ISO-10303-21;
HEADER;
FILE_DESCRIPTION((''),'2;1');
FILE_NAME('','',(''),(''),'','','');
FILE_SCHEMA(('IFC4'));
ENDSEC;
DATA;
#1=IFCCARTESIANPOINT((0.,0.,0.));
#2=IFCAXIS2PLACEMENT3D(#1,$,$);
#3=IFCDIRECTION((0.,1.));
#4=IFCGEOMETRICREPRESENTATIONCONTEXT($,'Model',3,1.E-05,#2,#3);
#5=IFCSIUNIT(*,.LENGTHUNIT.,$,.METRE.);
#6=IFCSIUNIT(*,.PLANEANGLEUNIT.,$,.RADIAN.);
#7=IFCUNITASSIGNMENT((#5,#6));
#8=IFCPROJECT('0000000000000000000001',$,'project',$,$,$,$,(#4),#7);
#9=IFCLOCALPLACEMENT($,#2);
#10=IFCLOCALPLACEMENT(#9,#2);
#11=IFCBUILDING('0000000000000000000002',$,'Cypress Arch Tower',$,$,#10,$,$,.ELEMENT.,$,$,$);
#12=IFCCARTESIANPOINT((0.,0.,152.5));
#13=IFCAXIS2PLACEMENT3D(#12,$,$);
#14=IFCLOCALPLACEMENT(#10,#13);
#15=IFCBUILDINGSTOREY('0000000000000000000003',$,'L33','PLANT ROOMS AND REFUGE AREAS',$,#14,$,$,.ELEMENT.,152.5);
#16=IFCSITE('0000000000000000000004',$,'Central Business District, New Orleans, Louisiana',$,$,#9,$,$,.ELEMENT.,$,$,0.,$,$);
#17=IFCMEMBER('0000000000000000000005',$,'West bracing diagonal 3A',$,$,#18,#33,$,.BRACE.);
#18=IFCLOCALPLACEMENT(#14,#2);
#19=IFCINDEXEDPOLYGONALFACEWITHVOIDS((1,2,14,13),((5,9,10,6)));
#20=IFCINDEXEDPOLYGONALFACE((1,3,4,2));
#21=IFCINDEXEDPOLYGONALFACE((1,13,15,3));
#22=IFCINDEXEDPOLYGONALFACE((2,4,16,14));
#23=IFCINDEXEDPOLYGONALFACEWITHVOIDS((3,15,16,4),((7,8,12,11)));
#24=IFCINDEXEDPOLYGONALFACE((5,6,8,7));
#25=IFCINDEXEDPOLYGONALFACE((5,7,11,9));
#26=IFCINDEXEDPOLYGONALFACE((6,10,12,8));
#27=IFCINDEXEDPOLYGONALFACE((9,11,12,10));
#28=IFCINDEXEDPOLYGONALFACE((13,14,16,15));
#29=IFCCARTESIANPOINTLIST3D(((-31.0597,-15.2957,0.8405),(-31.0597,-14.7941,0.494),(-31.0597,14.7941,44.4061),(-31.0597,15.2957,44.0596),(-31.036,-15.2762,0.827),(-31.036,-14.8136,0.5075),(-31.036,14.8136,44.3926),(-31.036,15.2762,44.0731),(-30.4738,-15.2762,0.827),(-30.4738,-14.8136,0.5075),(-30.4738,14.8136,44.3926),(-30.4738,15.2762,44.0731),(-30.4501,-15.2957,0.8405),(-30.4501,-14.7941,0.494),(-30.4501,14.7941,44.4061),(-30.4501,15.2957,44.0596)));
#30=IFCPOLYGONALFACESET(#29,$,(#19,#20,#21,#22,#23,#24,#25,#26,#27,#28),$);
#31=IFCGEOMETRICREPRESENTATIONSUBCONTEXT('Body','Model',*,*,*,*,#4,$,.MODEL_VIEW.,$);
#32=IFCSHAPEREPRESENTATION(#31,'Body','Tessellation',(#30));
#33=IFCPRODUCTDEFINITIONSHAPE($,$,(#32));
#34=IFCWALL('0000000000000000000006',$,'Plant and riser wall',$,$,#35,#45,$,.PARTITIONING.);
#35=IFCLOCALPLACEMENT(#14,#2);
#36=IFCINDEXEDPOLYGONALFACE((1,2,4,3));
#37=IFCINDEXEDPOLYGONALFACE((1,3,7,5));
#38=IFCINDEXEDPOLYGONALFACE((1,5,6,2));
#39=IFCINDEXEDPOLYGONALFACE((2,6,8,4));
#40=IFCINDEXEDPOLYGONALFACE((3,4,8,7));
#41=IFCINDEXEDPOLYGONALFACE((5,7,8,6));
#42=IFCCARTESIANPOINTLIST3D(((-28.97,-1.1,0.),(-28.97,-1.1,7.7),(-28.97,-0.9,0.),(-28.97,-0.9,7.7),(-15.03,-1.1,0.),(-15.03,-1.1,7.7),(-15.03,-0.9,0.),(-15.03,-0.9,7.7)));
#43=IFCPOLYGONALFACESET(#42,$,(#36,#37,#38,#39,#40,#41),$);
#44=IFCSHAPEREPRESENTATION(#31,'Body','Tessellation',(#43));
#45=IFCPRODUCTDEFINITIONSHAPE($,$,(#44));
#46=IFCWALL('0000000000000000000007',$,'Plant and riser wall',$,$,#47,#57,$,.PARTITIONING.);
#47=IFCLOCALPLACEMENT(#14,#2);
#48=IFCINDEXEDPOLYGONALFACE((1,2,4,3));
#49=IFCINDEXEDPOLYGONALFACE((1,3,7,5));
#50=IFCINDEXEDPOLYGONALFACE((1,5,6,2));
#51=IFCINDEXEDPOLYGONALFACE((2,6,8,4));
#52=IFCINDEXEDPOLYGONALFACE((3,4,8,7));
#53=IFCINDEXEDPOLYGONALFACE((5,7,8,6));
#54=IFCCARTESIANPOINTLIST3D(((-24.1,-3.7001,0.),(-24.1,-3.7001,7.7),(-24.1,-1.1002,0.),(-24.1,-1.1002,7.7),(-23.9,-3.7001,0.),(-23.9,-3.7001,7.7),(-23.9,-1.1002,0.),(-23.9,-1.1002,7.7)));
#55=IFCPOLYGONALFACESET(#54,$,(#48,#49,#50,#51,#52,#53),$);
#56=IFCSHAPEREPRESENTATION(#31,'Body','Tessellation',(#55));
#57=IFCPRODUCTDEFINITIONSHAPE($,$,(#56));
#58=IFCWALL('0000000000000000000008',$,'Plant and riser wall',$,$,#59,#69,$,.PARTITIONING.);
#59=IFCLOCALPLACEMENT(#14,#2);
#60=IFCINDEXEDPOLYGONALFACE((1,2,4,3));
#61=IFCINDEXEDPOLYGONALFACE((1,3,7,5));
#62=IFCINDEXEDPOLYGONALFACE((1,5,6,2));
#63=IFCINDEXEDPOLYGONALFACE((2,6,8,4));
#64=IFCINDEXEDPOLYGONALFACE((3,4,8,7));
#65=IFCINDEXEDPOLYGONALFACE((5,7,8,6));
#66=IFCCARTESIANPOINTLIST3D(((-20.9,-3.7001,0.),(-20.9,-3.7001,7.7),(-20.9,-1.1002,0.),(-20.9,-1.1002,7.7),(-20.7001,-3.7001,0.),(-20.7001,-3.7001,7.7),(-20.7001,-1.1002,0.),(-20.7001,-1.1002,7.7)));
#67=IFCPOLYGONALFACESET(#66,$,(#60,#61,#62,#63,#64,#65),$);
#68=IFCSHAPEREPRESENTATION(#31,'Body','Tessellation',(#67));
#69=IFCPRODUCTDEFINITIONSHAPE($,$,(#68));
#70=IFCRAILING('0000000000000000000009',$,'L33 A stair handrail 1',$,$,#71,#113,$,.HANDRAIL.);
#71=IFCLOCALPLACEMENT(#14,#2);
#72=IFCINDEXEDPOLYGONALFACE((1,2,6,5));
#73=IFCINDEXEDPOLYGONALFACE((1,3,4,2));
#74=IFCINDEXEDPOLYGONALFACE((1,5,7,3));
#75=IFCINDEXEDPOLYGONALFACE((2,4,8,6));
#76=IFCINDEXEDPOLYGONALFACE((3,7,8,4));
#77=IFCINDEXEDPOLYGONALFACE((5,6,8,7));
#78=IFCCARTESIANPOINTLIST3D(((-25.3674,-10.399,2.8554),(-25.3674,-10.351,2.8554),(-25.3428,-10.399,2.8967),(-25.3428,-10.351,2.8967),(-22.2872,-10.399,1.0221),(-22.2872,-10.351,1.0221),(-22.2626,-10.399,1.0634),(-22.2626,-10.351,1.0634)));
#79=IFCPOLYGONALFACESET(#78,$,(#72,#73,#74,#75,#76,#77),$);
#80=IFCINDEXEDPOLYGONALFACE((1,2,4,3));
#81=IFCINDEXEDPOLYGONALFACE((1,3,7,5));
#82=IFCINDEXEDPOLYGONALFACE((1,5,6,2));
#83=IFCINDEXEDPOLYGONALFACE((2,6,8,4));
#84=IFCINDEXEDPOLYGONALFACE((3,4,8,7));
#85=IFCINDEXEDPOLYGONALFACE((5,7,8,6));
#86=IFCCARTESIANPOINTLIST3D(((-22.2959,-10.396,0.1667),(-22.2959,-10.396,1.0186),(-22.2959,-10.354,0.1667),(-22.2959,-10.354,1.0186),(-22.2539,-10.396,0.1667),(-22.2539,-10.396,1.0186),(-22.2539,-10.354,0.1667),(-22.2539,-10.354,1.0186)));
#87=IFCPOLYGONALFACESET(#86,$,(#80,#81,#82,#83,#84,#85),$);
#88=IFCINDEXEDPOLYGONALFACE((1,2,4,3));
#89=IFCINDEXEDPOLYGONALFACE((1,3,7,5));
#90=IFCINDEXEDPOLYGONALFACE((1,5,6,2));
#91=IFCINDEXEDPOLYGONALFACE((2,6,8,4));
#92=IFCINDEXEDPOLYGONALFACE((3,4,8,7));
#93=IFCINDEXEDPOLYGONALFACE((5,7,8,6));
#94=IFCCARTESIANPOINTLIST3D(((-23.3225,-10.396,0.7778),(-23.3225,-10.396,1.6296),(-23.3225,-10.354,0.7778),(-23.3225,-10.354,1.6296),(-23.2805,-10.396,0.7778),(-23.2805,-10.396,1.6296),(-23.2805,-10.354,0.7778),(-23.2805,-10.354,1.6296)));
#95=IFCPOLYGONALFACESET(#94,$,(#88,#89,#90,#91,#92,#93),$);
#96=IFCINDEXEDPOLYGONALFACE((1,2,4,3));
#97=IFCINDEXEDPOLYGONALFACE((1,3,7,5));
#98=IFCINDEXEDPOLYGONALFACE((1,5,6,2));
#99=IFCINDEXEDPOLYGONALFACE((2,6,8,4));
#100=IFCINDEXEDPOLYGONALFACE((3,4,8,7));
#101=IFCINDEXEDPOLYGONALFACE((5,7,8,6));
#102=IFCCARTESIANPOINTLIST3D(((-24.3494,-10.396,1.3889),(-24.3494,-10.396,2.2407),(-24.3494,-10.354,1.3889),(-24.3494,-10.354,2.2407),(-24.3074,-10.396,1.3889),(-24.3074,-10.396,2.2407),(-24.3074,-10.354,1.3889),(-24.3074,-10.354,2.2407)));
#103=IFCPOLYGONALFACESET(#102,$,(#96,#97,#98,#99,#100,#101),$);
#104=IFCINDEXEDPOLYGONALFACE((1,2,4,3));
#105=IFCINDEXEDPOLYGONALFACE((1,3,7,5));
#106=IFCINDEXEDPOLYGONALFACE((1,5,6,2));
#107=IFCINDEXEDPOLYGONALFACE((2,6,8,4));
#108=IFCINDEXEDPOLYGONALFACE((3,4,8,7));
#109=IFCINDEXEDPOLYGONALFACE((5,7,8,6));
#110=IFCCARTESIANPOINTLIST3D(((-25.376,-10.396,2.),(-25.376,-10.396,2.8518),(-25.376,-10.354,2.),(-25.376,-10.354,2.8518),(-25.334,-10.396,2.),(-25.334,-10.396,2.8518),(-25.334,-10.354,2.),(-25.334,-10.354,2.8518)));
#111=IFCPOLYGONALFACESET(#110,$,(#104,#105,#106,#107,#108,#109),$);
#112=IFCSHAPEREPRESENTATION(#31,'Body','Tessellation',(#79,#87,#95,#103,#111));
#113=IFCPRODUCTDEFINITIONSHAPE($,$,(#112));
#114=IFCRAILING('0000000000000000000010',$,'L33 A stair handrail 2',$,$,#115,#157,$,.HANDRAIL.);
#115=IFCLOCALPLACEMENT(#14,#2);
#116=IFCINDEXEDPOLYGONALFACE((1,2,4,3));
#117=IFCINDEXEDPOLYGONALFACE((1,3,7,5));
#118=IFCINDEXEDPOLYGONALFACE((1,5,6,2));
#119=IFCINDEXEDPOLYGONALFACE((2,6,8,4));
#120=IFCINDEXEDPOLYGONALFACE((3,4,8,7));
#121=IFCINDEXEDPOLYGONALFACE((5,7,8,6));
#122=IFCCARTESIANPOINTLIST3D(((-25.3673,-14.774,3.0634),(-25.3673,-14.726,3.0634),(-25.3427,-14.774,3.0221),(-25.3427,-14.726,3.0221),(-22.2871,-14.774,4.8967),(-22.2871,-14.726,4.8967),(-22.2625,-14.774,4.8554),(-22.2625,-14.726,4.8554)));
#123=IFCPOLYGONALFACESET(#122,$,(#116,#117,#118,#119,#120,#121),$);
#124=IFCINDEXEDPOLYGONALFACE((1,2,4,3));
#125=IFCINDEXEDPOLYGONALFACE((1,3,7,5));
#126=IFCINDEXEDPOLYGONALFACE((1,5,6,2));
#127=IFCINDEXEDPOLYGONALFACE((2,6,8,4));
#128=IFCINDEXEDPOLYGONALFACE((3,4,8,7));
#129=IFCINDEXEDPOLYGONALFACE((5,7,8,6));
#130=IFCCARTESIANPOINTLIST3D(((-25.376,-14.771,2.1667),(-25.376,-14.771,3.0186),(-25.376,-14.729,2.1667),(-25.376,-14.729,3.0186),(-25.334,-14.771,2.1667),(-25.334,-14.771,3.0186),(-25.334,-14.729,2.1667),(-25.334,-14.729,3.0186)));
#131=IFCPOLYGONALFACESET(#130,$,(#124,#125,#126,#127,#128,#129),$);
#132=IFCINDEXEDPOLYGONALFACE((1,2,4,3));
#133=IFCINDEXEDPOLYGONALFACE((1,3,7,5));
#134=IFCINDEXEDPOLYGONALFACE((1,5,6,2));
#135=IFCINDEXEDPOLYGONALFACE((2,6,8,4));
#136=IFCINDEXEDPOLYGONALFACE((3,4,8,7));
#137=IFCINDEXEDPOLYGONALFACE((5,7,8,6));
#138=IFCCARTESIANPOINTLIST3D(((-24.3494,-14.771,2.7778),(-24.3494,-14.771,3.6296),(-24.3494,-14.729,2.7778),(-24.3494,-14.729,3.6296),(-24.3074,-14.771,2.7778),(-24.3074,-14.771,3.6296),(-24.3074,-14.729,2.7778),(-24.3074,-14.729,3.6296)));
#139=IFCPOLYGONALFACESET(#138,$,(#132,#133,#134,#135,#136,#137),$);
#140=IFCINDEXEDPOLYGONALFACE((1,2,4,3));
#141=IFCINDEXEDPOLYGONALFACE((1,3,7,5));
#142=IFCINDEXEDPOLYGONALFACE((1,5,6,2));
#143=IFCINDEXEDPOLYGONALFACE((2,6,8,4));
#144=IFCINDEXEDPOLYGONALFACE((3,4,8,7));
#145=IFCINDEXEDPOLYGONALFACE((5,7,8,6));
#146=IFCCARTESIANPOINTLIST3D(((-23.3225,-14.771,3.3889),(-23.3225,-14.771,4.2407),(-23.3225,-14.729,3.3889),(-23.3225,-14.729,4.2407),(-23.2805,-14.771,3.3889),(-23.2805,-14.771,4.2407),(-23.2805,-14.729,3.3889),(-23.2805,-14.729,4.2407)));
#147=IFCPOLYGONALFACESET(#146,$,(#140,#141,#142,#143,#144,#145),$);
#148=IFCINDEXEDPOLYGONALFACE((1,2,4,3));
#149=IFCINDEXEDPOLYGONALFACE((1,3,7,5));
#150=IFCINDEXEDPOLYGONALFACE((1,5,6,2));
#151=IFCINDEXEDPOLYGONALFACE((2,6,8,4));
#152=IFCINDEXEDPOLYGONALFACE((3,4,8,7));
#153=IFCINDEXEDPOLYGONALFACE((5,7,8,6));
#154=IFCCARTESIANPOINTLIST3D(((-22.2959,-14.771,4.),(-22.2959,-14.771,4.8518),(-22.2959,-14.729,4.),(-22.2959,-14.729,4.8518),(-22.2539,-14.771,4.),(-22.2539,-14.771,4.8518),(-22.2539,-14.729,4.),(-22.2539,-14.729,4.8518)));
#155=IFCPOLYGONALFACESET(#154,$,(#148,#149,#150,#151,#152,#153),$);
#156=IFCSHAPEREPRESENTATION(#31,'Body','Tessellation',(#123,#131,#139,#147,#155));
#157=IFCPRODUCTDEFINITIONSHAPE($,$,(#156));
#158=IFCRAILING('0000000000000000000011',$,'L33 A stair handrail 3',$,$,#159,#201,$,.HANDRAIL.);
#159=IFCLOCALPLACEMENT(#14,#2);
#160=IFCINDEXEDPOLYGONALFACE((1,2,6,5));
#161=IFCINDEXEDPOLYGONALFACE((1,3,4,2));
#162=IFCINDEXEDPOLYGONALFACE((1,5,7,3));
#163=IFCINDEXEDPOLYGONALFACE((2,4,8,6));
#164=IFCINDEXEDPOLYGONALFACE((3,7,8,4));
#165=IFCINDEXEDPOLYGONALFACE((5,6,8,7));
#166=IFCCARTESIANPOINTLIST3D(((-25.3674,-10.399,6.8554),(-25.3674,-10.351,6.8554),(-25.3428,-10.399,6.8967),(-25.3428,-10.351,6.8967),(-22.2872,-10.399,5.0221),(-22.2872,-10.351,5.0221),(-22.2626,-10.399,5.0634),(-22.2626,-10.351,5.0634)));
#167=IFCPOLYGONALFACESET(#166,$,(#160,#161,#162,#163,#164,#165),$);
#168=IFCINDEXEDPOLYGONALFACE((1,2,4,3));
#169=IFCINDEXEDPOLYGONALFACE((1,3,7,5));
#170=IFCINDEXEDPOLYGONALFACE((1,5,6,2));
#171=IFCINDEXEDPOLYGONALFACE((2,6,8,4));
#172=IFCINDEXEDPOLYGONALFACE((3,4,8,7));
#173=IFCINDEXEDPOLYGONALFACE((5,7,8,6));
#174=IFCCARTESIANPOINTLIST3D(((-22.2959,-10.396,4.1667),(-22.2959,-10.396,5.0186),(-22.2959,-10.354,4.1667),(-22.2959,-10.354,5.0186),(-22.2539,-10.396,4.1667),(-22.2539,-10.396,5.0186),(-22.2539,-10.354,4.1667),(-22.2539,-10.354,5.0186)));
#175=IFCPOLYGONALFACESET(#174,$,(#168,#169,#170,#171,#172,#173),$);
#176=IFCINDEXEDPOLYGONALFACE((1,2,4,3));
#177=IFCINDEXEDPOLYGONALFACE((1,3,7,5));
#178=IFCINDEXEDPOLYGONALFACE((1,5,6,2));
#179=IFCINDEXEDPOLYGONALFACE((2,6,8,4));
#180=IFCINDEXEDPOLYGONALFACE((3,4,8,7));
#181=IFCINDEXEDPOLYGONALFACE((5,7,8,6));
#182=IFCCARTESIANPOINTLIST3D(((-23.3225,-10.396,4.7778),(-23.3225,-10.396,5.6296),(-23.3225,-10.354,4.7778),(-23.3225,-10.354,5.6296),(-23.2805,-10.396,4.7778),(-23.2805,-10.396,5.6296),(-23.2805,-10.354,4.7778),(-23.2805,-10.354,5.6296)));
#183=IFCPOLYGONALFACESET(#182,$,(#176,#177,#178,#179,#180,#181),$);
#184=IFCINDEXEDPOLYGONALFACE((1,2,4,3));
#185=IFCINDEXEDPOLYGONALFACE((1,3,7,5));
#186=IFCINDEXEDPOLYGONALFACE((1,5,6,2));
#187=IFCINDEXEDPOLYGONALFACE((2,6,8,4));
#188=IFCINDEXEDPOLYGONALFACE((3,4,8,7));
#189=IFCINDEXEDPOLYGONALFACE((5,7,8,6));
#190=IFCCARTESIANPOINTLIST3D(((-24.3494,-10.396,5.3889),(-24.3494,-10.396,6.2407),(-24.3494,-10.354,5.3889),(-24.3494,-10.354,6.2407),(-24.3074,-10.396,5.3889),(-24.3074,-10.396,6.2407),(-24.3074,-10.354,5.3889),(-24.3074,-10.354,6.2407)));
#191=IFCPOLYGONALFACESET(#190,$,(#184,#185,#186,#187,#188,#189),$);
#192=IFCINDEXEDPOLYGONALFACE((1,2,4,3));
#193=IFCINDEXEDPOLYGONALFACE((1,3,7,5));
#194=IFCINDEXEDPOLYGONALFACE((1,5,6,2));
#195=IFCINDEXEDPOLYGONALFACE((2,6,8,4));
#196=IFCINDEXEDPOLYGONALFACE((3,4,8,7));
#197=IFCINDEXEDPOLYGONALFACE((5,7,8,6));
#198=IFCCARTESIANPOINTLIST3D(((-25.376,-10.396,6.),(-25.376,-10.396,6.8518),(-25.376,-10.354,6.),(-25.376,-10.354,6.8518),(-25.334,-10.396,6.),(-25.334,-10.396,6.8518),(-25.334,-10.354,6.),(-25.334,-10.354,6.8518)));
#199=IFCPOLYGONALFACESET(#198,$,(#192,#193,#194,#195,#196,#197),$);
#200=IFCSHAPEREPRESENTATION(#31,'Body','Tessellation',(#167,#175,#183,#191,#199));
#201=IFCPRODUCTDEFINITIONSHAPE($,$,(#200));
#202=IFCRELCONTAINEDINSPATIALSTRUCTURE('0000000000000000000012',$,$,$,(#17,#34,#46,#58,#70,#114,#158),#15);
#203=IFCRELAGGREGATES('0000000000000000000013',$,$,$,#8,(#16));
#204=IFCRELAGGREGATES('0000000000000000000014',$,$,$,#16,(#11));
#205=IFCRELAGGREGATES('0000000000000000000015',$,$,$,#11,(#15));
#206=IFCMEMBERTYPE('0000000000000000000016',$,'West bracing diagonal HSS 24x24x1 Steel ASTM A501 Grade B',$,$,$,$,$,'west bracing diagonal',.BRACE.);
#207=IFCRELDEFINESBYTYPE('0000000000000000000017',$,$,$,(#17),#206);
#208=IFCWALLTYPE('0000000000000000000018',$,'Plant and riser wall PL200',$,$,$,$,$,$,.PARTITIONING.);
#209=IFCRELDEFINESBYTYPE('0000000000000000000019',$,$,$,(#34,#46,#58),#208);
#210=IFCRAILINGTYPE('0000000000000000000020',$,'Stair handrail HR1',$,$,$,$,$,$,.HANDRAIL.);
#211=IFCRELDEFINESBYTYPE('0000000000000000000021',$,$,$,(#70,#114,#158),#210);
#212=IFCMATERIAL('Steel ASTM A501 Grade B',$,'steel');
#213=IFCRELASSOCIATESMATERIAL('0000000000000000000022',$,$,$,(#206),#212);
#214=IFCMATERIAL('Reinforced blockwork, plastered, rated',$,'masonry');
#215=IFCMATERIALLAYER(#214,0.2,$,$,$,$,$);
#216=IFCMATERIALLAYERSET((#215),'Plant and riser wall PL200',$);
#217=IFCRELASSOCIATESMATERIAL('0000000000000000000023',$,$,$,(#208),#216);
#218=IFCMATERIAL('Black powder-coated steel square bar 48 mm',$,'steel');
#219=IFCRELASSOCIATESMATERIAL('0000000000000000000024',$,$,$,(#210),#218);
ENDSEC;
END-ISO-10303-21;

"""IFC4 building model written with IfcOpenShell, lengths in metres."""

from ifc_helpers import new_model, si_unit, direction, frame, frame_2d, origin, origin_2d, place, context, subcontext, project, spatial, rectangle, hollow_rectangle, extrude, material, layer, layer_set, material_profile, profile_set, type_object, element, save


model = new_model("IFC4")

# Units and contexts
model_context = context("Model", 3, precision=1e-05, world=origin(), true_north=direction((0.0, 1.0)))
body_context = subcontext(model_context, "Body", "Model", "MODEL_VIEW")
ifc_project = project(units=[si_unit("LENGTHUNIT", "METRE"), si_unit("PLANEANGLEUNIT", "RADIAN")], contexts=[model_context])

# Site, building, storey
site_placement = place(None, origin())
site = spatial("IfcSite", under=ifc_project, at=site_placement, Name="Central Business District, New Orleans, Louisiana", CompositionType="ELEMENT", RefElevation=0.0)
building_placement = place(site_placement, origin())
building = spatial("IfcBuilding", under=site, at=building_placement, Name="Cypress Arch Tower", CompositionType="ELEMENT")
storey_placement = place(building_placement, frame((0.0, 0.0, 152.5)))
storey = spatial("IfcBuildingStorey", under=building, at=storey_placement, Name="L33", Description="PLANT ROOMS AND REFUGE AREAS", CompositionType="ELEMENT", Elevation=152.5)

# Member
ifc_material_1 = material(Name="Steel ASTM A501 Grade B", Category="steel")
ifc_material_profile_1 = material_profile(ifc_material_1, hollow_rectangle(XDim=0.6096, YDim=0.6096, WallThickness=0.0237, at=origin_2d()), Name="HSS 24x24x1")
ifc_profile_set_1 = profile_set([ifc_material_profile_1], Name="Steel ASTM A501 Grade B")
member_type = type_object("IfcMemberType", Name="West bracing diagonal HSS 24x24x1 Steel ASTM A501 Grade B", ElementType="west bracing diagonal", PredefinedType="BRACE", material=ifc_profile_set_1)
member_placement = place(storey_placement, frame((-30.7549, -15.0449, 0.6672), z_axis=(0.0, 0.568303, 0.822819), x_axis=(-1.0, 0.0, 0.0)))
element("IfcMember", 1, at=member_placement, inside=storey, type_object=member_type, Name="West bracing diagonal 3A", PredefinedType="BRACE", context=body_context, shape_type="SweptSolid", body=[
    extrude(hollow_rectangle(XDim=0.6096, YDim=0.6096, WallThickness=0.0237, at=origin_2d()), origin(), (0.0, 0.0, 1.0), 52.9468),
])

# Walls
ifc_material_2 = material(Name="Reinforced blockwork, plastered, rated", Category="masonry")
ifc_layer = layer(ifc_material_2, 0.2)
ifc_layer_set = layer_set([ifc_layer], Name="Plant and riser wall PL200")
wall_type = type_object("IfcWallType", Name="Plant and riser wall PL200", PredefinedType="PARTITIONING", material=ifc_layer_set)
wall_placement = place(storey_placement, frame((-28.97, -1.0, 0.0), z_axis=(0.0, 0.0, 1.0), x_axis=(1.0, 0.0, 0.0)))
element("IfcWall", 2, at=wall_placement, inside=storey, type_object=wall_type, Name="Plant and riser wall", PredefinedType="PARTITIONING", context=body_context, shape_type="SweptSolid", body=[
    extrude(rectangle(XDim=13.9399, YDim=0.2, at=frame_2d((6.97, 0.0))), origin(), (0.0, 0.0, 1.0), 7.7),
])
for number, where, z_axis, x_axis, name in (
    (3, (-24.0, -3.7, 0.0), (0.0, 0.0, 1.0), (0.0, 1.0, 0.0), "Plant and riser wall"),
    (4, (-20.8, -3.7, 0.0), (0.0, 0.0, 1.0), (0.0, 1.0, 0.0), "Plant and riser wall"),
):
    element("IfcWall", number, at=place(storey_placement, frame(where, z_axis=z_axis, x_axis=x_axis)), inside=storey, type_object=wall_type, Name=name, PredefinedType="PARTITIONING", context=body_context, shape_type="SweptSolid", body=[
        extrude(rectangle(XDim=2.5999, YDim=0.2, at=frame_2d((1.2998, 0.0))), origin(), (0.0, 0.0, 1.0), 7.7),
    ])

# Railings
ifc_material_3 = material(Name="Black powder-coated steel square bar 48 mm", Category="steel")
railing_type_1 = type_object("IfcRailingType", Name="Stair handrail HR1", PredefinedType="HANDRAIL", material=ifc_material_3)
railing_1_placement = place(storey_placement, frame((-22.2749, -10.375, 0.1667)))
element("IfcRailing", 5, at=railing_1_placement, inside=storey, type_object=railing_type_1, Name="L33 A stair handrail 1", PredefinedType="HANDRAIL", context=body_context, shape_type="SweptSolid", body=[
    extrude(rectangle(XDim=0.0481, YDim=0.0481, at=origin_2d()), frame((0.0, 0.0, 0.876), z_axis=(-0.859309, 0.0, 0.511458), x_axis=(0.0, -1.0, 0.0)), (0.0, 0.0, 1.0), 3.5845),
    extrude(rectangle(XDim=0.042, YDim=0.042, at=origin_2d()), origin(), (0.0, 0.0, 1.0), 0.8518),
    extrude(rectangle(XDim=0.042, YDim=0.042, at=origin_2d()), frame((-1.0266, 0.0, 0.6111)), (0.0, 0.0, 1.0), 0.8518),
    extrude(rectangle(XDim=0.042, YDim=0.042, at=origin_2d()), frame((-2.0535, 0.0, 1.2222)), (0.0, 0.0, 1.0), 0.8518),
    extrude(rectangle(XDim=0.042, YDim=0.042, at=origin_2d()), frame((-3.0801, 0.0, 1.8333)), (0.0, 0.0, 1.0), 0.8518),
])
railing_2_placement = place(storey_placement, frame((-25.355, -14.75, 2.1667)))
element("IfcRailing", 6, at=railing_2_placement, inside=storey, type_object=railing_type_1, Name="L33 A stair handrail 2", PredefinedType="HANDRAIL", context=body_context, shape_type="SweptSolid", body=[
    extrude(rectangle(XDim=0.0481, YDim=0.0481, at=origin_2d()), frame((0.0, 0.0, 0.876), z_axis=(0.859309, 0.0, 0.511458), x_axis=(0.0, 1.0, 0.0)), (0.0, 0.0, 1.0), 3.5845),
    extrude(rectangle(XDim=0.042, YDim=0.042, at=origin_2d()), origin(), (0.0, 0.0, 1.0), 0.8518),
    extrude(rectangle(XDim=0.042, YDim=0.042, at=origin_2d()), frame((1.0266, 0.0, 0.6111)), (0.0, 0.0, 1.0), 0.8518),
    extrude(rectangle(XDim=0.042, YDim=0.042, at=origin_2d()), frame((2.0535, 0.0, 1.2222)), (0.0, 0.0, 1.0), 0.8518),
    extrude(rectangle(XDim=0.042, YDim=0.042, at=origin_2d()), frame((3.0801, 0.0, 1.8333)), (0.0, 0.0, 1.0), 0.8518),
])
railing_3_placement = place(storey_placement, frame((-22.2749, -10.375, 4.1667)))
element("IfcRailing", 7, at=railing_3_placement, inside=storey, type_object=railing_type_1, Name="L33 A stair handrail 3", PredefinedType="HANDRAIL", context=body_context, shape_type="SweptSolid", body=[
    extrude(rectangle(XDim=0.0481, YDim=0.0481, at=origin_2d()), frame((0.0, 0.0, 0.876), z_axis=(-0.859309, 0.0, 0.511458), x_axis=(0.0, -1.0, 0.0)), (0.0, 0.0, 1.0), 3.5845),
    extrude(rectangle(XDim=0.042, YDim=0.042, at=origin_2d()), origin(), (0.0, 0.0, 1.0), 0.8518),
    extrude(rectangle(XDim=0.042, YDim=0.042, at=origin_2d()), frame((-1.0266, 0.0, 0.6111)), (0.0, 0.0, 1.0), 0.8518),
    extrude(rectangle(XDim=0.042, YDim=0.042, at=origin_2d()), frame((-2.0535, 0.0, 1.2222)), (0.0, 0.0, 1.0), 0.8518),
    extrude(rectangle(XDim=0.042, YDim=0.042, at=origin_2d()), frame((-3.0801, 0.0, 1.8333)), (0.0, 0.0, 1.0), 0.8518),
])

save(model, "model.ifc")
